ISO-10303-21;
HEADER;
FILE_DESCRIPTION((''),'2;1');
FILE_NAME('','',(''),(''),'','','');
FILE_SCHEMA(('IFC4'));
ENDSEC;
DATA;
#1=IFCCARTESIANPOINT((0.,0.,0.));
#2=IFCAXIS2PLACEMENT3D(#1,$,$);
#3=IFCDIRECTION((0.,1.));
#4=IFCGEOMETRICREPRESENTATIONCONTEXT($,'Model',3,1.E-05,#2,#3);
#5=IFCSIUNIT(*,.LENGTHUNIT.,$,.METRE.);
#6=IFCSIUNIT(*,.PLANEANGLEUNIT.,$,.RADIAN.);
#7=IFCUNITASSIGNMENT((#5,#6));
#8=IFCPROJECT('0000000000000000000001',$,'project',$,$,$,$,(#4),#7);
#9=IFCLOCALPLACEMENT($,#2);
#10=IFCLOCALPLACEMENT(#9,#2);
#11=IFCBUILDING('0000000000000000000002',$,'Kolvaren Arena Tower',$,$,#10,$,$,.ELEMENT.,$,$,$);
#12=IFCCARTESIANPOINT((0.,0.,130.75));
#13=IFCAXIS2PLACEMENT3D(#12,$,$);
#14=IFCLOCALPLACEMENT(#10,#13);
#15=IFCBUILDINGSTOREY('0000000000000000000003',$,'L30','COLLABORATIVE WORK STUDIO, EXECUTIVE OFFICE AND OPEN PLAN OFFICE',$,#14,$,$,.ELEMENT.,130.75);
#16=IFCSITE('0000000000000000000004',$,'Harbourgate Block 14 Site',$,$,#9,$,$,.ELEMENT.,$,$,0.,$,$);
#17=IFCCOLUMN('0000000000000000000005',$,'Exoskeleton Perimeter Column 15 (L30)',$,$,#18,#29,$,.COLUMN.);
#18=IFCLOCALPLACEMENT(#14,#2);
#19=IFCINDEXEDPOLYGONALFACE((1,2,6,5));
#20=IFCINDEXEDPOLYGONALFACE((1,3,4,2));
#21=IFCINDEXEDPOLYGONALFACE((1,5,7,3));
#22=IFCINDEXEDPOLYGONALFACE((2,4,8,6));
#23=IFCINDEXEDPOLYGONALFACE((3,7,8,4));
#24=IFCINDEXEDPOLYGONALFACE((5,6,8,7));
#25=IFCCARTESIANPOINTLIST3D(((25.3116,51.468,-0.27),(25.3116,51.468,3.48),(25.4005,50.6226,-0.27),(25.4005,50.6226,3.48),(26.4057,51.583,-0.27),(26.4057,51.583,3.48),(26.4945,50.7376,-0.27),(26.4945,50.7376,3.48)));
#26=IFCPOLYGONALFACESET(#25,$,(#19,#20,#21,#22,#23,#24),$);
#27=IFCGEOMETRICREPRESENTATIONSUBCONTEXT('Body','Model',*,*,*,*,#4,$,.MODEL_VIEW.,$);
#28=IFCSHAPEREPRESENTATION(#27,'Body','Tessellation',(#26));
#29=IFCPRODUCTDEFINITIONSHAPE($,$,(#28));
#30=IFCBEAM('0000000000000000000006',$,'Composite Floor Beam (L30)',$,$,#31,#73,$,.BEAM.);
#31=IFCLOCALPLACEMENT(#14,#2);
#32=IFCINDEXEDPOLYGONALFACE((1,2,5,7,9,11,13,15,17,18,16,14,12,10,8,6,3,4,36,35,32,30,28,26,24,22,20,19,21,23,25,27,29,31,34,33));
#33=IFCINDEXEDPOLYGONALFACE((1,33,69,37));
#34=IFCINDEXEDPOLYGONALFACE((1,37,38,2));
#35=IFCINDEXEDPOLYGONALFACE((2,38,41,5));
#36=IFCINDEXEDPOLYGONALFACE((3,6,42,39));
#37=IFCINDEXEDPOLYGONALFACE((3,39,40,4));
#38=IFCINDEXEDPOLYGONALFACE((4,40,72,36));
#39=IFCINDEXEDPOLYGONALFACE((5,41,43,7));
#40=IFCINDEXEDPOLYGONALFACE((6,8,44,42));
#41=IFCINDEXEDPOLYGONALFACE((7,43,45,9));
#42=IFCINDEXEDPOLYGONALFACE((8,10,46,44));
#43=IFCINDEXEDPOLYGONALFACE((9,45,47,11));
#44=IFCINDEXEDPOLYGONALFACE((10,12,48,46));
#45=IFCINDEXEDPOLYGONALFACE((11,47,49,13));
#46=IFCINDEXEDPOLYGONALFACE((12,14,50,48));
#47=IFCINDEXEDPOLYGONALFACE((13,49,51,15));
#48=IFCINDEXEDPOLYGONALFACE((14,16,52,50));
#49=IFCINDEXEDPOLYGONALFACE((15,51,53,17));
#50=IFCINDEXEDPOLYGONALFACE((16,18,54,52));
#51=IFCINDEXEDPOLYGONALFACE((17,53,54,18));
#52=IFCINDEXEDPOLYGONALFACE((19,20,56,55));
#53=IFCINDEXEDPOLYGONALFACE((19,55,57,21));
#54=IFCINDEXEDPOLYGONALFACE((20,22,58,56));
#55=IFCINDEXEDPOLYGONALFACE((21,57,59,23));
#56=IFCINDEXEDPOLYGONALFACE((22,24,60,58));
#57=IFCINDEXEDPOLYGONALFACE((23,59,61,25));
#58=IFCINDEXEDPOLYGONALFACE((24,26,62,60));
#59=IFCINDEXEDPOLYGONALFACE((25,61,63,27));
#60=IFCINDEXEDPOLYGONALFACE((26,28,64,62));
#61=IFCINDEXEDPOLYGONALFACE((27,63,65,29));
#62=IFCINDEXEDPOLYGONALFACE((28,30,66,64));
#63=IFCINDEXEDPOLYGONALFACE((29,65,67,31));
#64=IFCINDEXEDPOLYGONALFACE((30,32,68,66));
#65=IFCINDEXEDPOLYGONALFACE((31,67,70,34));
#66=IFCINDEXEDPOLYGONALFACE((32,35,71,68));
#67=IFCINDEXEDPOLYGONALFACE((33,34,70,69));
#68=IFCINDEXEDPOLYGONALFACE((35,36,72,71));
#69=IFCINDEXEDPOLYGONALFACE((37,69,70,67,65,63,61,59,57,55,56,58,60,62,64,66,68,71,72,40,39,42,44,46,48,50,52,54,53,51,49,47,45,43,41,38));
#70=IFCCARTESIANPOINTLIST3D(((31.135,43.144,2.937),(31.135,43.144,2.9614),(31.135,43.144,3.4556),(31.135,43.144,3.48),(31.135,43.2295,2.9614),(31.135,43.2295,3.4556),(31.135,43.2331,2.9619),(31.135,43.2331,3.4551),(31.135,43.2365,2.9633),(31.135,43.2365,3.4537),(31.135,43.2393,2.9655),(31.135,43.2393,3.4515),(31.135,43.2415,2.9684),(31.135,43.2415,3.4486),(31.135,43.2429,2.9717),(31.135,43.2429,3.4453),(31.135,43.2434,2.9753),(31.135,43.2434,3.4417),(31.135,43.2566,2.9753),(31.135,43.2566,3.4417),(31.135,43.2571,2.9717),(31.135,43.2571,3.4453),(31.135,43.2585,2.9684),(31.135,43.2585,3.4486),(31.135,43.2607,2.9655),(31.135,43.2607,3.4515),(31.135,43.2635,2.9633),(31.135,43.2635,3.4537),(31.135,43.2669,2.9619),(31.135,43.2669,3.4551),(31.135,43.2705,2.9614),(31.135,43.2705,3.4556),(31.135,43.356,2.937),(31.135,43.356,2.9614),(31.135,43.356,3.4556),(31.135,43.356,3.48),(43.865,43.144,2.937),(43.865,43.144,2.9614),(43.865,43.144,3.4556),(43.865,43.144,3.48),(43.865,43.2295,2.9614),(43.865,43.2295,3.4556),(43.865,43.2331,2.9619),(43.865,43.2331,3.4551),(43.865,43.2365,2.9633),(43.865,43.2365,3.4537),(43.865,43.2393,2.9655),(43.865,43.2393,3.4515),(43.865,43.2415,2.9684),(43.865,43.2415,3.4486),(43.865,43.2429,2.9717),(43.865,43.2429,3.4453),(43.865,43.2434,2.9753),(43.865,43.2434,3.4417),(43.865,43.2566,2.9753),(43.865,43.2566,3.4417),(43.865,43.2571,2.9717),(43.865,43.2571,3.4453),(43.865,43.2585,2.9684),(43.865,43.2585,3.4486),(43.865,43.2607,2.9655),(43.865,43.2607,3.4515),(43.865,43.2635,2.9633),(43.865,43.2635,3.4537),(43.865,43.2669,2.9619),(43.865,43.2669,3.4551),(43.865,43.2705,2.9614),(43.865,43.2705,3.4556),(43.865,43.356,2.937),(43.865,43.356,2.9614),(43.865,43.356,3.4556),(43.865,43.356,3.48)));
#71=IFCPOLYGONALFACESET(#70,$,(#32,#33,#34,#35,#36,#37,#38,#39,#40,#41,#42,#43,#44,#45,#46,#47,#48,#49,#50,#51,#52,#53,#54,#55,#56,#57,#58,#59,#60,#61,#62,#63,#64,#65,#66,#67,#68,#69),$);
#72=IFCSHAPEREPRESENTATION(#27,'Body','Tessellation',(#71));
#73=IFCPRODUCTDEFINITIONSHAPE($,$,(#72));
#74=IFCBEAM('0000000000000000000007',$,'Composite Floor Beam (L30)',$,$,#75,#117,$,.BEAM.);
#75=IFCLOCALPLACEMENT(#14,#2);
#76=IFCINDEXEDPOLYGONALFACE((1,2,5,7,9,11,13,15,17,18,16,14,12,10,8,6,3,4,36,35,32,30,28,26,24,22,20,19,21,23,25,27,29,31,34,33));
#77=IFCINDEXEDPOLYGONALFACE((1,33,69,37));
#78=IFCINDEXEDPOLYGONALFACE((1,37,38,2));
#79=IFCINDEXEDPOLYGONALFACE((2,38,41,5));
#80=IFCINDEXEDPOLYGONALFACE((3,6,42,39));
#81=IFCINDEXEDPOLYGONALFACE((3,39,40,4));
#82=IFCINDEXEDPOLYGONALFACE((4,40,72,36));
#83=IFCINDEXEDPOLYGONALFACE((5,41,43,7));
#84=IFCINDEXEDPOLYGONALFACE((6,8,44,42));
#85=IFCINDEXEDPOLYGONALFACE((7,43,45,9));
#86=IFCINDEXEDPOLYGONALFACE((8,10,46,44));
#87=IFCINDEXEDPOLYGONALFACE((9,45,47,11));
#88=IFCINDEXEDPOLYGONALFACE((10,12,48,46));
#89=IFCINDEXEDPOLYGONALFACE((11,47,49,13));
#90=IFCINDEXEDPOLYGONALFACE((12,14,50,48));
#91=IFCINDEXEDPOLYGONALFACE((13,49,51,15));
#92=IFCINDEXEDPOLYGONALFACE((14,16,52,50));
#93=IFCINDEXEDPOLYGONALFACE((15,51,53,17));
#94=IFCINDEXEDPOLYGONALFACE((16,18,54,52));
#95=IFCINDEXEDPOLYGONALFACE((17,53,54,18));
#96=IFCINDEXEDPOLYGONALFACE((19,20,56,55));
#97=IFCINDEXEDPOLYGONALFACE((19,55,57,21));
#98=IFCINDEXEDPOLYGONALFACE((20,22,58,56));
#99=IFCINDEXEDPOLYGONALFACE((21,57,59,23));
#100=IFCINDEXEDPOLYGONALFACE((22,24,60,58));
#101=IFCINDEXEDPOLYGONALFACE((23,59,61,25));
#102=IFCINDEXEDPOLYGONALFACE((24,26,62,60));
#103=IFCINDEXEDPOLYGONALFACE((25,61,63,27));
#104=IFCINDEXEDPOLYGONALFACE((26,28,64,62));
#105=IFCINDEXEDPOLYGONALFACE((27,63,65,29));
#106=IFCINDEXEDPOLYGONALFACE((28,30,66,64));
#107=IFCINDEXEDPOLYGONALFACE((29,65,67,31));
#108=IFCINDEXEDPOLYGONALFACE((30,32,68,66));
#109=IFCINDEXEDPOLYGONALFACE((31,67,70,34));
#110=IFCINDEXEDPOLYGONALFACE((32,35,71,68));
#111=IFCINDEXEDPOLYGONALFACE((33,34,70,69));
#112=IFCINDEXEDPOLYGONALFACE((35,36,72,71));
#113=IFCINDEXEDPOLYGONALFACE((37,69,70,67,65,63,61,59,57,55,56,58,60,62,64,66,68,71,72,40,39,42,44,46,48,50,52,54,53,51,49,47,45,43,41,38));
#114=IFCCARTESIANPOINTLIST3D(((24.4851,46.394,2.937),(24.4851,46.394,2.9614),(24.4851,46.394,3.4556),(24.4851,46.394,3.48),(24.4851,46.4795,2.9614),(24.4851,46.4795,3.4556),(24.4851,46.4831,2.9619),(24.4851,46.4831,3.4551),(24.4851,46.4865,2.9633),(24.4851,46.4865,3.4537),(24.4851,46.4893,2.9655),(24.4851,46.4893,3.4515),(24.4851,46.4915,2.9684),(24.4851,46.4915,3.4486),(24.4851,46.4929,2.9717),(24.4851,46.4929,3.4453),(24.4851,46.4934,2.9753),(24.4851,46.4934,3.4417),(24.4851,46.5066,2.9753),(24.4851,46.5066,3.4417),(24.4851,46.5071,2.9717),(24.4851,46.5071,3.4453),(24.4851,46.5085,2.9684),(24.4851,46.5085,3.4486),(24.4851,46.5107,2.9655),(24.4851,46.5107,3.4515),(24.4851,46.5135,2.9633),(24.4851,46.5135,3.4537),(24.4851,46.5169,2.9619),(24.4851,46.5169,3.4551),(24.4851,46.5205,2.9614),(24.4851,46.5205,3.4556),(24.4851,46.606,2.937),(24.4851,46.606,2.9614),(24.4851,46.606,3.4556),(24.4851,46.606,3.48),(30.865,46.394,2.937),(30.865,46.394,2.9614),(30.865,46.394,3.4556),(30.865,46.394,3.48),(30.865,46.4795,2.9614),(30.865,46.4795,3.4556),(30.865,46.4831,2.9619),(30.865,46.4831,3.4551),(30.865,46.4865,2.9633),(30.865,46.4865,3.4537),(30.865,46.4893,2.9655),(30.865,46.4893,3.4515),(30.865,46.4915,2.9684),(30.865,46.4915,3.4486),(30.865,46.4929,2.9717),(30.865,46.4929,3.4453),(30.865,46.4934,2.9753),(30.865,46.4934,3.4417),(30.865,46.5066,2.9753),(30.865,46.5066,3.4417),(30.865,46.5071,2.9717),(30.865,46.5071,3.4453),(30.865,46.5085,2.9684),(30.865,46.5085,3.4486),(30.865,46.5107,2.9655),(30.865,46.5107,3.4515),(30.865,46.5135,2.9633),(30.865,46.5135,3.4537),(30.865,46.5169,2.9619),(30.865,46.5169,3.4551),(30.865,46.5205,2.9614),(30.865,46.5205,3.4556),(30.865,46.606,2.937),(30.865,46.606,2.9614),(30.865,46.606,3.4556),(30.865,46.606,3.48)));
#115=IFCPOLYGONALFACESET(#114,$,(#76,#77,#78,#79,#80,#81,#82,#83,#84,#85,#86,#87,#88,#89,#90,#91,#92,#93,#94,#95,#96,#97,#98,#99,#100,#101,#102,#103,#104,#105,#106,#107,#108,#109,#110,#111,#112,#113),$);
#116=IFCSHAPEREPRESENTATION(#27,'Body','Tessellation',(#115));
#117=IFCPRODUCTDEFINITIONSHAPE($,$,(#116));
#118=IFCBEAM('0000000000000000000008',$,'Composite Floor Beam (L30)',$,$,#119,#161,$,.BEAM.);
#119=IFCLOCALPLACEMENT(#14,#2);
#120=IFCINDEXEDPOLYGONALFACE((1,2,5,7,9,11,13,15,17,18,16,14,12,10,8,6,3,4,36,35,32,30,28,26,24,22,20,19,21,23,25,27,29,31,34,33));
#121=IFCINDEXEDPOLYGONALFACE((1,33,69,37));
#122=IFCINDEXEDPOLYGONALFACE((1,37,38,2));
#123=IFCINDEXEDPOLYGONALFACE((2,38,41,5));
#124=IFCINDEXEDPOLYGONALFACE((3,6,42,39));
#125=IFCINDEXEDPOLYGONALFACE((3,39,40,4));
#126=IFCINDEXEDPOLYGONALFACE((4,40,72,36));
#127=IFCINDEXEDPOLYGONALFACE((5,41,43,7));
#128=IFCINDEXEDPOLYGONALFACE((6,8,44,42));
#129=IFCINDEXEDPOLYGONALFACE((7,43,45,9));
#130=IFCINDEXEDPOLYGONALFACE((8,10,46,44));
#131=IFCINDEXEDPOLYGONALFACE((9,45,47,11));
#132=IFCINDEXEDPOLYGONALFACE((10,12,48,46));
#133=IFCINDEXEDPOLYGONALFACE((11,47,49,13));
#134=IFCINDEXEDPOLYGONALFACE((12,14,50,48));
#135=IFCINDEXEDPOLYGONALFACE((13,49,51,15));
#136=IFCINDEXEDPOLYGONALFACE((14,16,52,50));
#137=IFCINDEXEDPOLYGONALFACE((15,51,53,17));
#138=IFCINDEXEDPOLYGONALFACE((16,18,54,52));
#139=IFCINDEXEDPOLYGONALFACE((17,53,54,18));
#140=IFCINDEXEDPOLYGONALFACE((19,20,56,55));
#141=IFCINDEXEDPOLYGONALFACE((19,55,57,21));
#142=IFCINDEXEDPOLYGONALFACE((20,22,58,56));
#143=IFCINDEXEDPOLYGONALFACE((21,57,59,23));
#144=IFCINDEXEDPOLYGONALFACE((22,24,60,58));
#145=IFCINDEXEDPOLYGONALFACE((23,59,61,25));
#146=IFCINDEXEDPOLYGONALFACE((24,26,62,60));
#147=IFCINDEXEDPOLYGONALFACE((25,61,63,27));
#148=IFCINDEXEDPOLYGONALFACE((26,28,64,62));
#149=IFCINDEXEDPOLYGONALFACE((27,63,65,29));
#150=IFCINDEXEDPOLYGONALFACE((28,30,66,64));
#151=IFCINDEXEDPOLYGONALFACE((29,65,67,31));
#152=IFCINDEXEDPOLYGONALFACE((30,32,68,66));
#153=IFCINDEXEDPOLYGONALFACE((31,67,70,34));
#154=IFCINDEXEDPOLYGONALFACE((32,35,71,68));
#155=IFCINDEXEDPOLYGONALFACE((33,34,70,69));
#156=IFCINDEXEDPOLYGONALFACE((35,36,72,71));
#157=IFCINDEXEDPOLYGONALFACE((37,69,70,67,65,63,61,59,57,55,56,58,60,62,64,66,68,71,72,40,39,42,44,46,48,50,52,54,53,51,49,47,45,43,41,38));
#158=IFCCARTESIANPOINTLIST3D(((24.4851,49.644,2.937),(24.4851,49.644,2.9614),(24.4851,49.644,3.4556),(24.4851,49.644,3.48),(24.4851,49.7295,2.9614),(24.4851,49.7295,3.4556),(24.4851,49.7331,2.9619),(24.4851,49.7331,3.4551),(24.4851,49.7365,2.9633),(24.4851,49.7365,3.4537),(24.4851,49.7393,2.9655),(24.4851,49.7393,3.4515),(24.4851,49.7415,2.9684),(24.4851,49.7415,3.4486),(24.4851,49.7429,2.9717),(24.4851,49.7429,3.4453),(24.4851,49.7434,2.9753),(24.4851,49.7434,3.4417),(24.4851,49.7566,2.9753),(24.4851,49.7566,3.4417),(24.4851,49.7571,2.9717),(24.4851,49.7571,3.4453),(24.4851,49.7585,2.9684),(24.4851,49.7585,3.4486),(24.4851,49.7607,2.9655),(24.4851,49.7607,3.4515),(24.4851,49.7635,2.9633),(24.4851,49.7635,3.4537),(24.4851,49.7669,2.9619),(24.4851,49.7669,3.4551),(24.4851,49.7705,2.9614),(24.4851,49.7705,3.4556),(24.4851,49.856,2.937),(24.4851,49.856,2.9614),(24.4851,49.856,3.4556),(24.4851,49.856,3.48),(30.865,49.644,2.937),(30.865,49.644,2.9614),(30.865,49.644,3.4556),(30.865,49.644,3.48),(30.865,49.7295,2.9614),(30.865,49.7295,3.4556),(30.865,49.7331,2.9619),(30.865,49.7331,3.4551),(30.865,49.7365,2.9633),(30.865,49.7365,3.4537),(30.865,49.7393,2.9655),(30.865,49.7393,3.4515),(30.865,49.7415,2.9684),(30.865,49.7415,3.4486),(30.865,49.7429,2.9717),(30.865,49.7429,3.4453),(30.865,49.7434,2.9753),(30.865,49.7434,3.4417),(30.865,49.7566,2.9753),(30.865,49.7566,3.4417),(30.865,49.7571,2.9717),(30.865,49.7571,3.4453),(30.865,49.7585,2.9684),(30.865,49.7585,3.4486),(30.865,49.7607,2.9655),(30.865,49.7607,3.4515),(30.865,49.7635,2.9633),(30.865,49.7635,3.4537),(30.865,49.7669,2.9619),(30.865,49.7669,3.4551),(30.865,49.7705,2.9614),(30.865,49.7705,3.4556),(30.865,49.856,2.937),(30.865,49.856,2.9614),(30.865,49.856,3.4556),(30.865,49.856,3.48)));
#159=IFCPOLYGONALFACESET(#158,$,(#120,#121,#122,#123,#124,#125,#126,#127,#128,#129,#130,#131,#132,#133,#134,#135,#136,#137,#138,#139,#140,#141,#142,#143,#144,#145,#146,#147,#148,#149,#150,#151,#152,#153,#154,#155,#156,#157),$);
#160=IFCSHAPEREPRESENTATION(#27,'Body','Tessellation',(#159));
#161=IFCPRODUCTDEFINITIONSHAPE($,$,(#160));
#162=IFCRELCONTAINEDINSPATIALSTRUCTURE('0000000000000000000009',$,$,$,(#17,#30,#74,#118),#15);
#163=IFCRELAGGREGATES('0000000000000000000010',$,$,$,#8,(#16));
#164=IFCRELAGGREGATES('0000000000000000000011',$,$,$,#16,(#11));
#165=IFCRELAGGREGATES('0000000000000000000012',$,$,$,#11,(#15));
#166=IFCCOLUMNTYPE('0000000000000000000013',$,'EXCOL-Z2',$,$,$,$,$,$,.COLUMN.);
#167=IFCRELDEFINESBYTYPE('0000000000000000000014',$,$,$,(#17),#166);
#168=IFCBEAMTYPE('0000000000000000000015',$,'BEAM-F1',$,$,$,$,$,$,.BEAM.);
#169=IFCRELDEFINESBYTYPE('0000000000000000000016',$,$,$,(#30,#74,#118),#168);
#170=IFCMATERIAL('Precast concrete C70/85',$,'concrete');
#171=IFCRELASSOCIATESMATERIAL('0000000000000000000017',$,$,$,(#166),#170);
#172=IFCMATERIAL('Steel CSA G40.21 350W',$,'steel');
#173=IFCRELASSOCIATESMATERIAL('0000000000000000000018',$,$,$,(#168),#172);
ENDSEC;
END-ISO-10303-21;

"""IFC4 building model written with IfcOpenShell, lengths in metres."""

from ifc_helpers import new_model, si_unit, direction, frame, origin, origin_2d, place, context, subcontext, project, spatial, rectangle, i_section, extrude, material, material_profile, profile_set, type_object, element, save


model = new_model("IFC4")

# Units and contexts
model_context = context("Model", 3, precision=1e-05, world=origin(), true_north=direction((0.0, 1.0)))
body_context = subcontext(model_context, "Body", "Model", "MODEL_VIEW")
ifc_project = project(units=[si_unit("LENGTHUNIT", "METRE"), si_unit("PLANEANGLEUNIT", "RADIAN")], contexts=[model_context])

# Site, building, storey
site_placement = place(None, origin())
site = spatial("IfcSite", under=ifc_project, at=site_placement, Name="Harbourgate Block 14 Site", CompositionType="ELEMENT", RefElevation=0.0)
building_placement = place(site_placement, origin())
building = spatial("IfcBuilding", under=site, at=building_placement, Name="Kolvaren Arena Tower", CompositionType="ELEMENT")
storey_placement = place(building_placement, frame((0.0, 0.0, 130.75)))
storey = spatial("IfcBuildingStorey", under=building, at=storey_placement, Name="L30", Description="COLLABORATIVE WORK STUDIO, EXECUTIVE OFFICE AND OPEN PLAN OFFICE", CompositionType="ELEMENT", Elevation=130.75)

# Column
ifc_material_1 = material(Name="Precast concrete C70/85", Category="concrete")
ifc_material_profile_1 = material_profile(ifc_material_1, rectangle(XDim=1.1001, YDim=0.8501, at=origin_2d()), Name="RC-1100x850")
ifc_profile_set_1 = profile_set([ifc_material_profile_1], Name="Precast concrete C70/85")
column_type = type_object("IfcColumnType", Name="EXCOL-Z2", PredefinedType="COLUMN", material=ifc_profile_set_1)
column_placement = place(storey_placement, frame((25.9031, 51.1028, -0.27), z_axis=(0.0, 0.0, 1.0), x_axis=(0.994522, 0.104528, 0.0)))
element("IfcColumn", 1, at=column_placement, inside=storey, type_object=column_type, Name="Exoskeleton Perimeter Column 15 (L30)", PredefinedType="COLUMN", context=body_context, shape_type="SweptSolid", body=[
    extrude(rectangle(XDim=1.1001, YDim=0.8501, at=origin_2d()), origin(), (0.0, 0.0, 1.0), 3.75),
])

# Beams
ifc_material_2 = material(Name="Steel CSA G40.21 350W", Category="steel")
ifc_material_profile_2 = material_profile(ifc_material_2, i_section(OverallWidth=0.2119, OverallDepth=0.543, WebThickness=0.0132, FlangeThickness=0.0244, FilletRadius=0.0139, at=origin_2d()), Name="W530x150")
ifc_profile_set_2 = profile_set([ifc_material_profile_2], Name="Steel CSA G40.21 350W")
beam_type_1 = type_object("IfcBeamType", Name="BEAM-F1", PredefinedType="BEAM", material=ifc_profile_set_2)
beam_1_placement = place(storey_placement, frame((31.135, 43.25, 3.2085), z_axis=(1.0, 0.0, 0.0), x_axis=(0.0, 1.0, 0.0)))
element("IfcBeam", 2, at=beam_1_placement, inside=storey, type_object=beam_type_1, Name="Composite Floor Beam (L30)", PredefinedType="BEAM", context=body_context, shape_type="SweptSolid", body=[
    extrude(i_section(OverallWidth=0.2119, OverallDepth=0.543, WebThickness=0.0132, FlangeThickness=0.0244, FilletRadius=0.0139, at=origin_2d()), origin(), (0.0, 0.0, 1.0), 12.73),
])
for number, where, z_axis, x_axis, name in (
    (3, (24.4851, 46.5, 3.2085), (1.0, 0.0, 0.0), (0.0, 1.0, 0.0), "Composite Floor Beam (L30)"),
    (4, (24.4851, 49.75, 3.2085), (1.0, 0.0, 0.0), (0.0, 1.0, 0.0), "Composite Floor Beam (L30)"),
):
    element("IfcBeam", number, at=place(storey_placement, frame(where, z_axis=z_axis, x_axis=x_axis)), inside=storey, type_object=beam_type_1, Name=name, PredefinedType="BEAM", context=body_context, shape_type="SweptSolid", body=[
        extrude(i_section(OverallWidth=0.2119, OverallDepth=0.543, WebThickness=0.0132, FlangeThickness=0.0244, FilletRadius=0.0139, at=origin_2d()), origin(), (0.0, 0.0, 1.0), 6.3799),
    ])

save(model, "model.ifc")
